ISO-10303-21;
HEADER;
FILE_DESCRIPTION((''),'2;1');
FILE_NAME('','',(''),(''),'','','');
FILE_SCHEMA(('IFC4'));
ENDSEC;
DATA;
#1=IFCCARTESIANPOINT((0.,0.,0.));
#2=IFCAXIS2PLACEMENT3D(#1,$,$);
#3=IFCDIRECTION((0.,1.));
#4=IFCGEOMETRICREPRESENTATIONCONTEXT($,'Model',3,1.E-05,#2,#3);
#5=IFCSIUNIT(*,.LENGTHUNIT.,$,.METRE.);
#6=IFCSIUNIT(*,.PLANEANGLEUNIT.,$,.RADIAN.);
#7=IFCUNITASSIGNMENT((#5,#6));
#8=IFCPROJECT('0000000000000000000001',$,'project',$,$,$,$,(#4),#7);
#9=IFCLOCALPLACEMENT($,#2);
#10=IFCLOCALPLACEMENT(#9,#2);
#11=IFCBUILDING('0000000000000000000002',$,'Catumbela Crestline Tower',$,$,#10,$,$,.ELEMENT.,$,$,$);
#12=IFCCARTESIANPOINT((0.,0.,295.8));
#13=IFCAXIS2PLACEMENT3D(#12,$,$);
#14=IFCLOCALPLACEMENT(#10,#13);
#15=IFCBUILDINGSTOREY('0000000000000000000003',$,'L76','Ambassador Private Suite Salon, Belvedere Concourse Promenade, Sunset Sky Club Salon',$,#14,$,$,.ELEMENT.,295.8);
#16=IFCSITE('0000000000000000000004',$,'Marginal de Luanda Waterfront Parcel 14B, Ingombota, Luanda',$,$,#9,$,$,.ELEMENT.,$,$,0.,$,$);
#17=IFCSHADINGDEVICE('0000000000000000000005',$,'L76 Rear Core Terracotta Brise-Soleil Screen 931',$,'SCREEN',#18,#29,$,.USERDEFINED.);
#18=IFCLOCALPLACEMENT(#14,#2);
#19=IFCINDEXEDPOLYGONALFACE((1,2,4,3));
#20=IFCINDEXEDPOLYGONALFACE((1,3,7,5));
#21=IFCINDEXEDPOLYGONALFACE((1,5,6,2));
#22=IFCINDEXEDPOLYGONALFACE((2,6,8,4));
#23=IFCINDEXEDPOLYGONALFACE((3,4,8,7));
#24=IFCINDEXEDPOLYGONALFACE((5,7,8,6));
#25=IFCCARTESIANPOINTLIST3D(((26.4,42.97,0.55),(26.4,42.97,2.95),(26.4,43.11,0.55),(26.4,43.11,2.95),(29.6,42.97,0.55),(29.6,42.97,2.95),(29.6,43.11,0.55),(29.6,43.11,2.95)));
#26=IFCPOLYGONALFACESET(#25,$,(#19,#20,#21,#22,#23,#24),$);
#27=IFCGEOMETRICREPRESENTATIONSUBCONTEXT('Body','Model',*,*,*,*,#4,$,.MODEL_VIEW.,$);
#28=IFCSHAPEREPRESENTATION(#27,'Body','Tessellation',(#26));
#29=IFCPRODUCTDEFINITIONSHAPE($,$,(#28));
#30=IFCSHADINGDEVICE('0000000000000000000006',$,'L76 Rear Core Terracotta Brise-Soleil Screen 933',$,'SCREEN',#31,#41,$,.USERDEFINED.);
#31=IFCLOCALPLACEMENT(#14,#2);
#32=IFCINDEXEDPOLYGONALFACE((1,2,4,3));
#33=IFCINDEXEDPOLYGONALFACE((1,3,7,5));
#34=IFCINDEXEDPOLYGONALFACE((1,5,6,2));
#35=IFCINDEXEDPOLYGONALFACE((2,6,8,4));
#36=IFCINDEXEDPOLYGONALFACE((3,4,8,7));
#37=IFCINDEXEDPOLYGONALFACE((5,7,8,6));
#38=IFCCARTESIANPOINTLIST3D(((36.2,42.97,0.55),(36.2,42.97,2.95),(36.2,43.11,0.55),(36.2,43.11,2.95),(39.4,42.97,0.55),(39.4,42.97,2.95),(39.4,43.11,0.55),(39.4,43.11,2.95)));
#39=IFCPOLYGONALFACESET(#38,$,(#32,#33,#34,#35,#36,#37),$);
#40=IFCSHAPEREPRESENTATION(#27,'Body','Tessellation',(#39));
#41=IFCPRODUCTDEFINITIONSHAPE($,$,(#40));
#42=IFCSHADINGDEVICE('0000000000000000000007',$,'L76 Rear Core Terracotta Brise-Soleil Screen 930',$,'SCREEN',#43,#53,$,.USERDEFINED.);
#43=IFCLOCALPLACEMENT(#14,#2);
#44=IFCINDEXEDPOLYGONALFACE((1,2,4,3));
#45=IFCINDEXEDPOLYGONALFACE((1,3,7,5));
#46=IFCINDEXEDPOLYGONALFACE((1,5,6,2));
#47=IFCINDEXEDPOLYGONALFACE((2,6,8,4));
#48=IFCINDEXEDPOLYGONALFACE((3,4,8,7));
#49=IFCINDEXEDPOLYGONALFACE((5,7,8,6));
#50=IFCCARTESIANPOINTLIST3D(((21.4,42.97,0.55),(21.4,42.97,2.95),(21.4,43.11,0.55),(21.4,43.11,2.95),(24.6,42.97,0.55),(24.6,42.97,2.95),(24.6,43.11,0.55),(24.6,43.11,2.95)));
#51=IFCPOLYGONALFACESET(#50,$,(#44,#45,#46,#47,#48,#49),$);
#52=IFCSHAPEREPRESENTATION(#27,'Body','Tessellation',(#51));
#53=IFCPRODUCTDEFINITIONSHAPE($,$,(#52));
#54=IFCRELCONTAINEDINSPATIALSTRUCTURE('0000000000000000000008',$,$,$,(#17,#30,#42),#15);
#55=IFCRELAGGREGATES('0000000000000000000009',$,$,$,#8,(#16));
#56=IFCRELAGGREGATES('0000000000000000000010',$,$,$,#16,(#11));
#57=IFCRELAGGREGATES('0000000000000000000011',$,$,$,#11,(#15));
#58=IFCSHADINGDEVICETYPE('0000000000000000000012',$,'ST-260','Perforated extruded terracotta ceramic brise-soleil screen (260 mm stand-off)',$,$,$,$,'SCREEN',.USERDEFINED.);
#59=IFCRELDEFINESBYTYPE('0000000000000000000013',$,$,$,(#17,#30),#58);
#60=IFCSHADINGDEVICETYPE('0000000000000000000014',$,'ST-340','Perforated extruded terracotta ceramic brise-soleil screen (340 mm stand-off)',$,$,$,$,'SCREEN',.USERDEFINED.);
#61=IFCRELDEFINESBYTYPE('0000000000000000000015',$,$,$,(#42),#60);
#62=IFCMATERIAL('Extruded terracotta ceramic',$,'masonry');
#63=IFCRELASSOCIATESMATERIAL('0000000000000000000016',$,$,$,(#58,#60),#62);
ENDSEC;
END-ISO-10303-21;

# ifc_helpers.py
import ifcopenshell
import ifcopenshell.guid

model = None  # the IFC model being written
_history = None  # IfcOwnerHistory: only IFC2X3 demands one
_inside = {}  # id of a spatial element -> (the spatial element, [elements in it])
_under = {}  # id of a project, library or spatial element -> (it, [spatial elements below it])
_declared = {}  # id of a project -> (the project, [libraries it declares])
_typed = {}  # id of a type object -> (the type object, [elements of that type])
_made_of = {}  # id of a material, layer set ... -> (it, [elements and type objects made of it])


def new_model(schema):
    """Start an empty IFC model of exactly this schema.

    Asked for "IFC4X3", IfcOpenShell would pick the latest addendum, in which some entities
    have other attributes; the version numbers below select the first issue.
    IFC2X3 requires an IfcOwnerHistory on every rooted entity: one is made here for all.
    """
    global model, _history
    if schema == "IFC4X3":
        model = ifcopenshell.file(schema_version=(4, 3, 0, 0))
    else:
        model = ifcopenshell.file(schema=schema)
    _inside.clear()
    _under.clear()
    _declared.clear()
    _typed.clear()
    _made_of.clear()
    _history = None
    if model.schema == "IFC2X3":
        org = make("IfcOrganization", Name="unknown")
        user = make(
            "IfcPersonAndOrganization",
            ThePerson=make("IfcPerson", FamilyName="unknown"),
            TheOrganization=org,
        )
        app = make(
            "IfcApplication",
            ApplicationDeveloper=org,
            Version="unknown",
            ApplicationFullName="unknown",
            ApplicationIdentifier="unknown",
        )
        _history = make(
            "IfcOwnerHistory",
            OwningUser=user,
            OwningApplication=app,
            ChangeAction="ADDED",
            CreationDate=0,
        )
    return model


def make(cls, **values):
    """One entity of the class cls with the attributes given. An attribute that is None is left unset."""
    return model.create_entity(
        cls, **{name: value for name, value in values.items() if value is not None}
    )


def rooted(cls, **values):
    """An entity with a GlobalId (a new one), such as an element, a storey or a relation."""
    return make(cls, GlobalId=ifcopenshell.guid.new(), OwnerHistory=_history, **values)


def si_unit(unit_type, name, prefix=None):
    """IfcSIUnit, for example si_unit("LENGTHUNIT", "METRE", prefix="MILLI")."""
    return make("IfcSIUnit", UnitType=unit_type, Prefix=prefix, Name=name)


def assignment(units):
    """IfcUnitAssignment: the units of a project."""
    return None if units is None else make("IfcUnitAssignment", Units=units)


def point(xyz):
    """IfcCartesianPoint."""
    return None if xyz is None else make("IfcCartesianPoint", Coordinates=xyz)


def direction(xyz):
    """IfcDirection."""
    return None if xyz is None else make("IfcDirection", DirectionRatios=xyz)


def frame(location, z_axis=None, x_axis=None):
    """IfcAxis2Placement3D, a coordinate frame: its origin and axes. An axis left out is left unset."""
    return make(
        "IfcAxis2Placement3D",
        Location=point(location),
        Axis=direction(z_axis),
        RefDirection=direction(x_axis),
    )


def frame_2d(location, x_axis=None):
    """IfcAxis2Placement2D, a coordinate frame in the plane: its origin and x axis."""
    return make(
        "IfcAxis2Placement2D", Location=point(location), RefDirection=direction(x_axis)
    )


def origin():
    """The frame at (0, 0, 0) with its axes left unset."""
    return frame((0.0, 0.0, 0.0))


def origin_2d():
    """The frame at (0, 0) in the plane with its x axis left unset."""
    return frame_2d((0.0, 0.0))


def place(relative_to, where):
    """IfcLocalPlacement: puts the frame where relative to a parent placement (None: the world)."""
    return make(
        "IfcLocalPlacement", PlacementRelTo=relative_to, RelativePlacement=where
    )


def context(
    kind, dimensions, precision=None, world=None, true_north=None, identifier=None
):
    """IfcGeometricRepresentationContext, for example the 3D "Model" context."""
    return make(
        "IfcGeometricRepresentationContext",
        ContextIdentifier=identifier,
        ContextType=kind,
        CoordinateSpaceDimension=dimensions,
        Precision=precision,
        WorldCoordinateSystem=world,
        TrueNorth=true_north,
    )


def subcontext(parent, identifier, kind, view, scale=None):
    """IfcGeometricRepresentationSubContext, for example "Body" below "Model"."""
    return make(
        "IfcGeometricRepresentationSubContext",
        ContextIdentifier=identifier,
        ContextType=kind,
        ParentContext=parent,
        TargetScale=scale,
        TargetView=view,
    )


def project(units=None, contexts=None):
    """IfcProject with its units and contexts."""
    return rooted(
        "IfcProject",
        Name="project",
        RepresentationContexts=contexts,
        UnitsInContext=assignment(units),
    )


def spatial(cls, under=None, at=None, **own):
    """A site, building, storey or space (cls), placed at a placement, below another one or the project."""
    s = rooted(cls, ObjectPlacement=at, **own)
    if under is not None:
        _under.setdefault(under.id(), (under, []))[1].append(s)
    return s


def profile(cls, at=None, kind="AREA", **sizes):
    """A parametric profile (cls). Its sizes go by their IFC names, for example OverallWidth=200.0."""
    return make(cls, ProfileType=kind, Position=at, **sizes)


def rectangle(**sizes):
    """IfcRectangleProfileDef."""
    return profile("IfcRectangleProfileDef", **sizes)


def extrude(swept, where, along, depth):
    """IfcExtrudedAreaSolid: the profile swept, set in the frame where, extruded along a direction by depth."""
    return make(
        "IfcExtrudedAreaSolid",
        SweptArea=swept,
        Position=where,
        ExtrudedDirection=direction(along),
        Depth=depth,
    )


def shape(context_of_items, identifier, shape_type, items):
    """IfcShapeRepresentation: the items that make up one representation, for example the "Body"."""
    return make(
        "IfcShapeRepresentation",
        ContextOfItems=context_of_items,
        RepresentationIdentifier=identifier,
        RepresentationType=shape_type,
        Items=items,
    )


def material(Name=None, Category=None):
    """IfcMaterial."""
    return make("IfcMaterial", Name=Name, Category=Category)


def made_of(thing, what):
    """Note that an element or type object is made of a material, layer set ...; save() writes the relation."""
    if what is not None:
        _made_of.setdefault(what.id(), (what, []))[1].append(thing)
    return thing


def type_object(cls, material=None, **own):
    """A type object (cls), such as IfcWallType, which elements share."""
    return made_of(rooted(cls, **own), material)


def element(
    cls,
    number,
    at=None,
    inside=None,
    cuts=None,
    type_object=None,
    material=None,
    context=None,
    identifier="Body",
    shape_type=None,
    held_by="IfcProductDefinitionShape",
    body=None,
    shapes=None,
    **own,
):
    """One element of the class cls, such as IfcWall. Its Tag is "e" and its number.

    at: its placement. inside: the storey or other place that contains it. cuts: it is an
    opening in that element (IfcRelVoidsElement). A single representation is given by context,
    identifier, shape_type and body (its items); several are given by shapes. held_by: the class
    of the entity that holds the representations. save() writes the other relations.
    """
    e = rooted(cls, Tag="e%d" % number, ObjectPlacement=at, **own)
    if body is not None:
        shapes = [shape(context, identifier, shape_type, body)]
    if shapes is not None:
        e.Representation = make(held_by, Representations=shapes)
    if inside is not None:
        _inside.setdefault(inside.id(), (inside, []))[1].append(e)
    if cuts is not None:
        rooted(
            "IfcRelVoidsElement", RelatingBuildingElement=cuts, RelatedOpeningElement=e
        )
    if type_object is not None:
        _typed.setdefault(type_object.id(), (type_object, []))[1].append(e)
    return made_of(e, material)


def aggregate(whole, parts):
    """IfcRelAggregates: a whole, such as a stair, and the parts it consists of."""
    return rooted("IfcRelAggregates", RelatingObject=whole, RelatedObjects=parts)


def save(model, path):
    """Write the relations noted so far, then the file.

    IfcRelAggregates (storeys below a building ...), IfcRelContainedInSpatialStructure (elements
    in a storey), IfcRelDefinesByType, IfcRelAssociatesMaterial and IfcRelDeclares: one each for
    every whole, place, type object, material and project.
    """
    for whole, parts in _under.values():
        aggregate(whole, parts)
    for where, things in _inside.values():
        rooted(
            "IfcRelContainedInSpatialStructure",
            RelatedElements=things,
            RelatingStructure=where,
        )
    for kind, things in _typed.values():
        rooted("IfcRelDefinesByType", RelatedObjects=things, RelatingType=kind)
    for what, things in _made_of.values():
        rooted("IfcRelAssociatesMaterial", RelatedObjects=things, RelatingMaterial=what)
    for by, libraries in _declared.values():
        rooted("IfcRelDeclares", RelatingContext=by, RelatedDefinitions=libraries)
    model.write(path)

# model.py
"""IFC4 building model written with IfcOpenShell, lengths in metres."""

from ifc_helpers import new_model, si_unit, direction, frame, origin, origin_2d, place, context, subcontext, project, spatial, rectangle, extrude, material, type_object, element, save


model = new_model("IFC4")

# Units and contexts
model_context = context("Model", 3, precision=1e-05, world=origin(), true_north=direction((0.0, 1.0)))
body_context = subcontext(model_context, "Body", "Model", "MODEL_VIEW")
ifc_project = project(units=[si_unit("LENGTHUNIT", "METRE"), si_unit("PLANEANGLEUNIT", "RADIAN")], contexts=[model_context])

# Site, building, storey
site_placement = place(None, origin())
site = spatial("IfcSite", under=ifc_project, at=site_placement, Name="Marginal de Luanda Waterfront Parcel 14B, Ingombota, Luanda", CompositionType="ELEMENT", RefElevation=0.0)
building_placement = place(site_placement, origin())
building = spatial("IfcBuilding", under=site, at=building_placement, Name="Catumbela Crestline Tower", CompositionType="ELEMENT")
storey_placement = place(building_placement, frame((0.0, 0.0, 295.8)))
storey = spatial("IfcBuildingStorey", under=building, at=storey_placement, Name="L76", Description="Ambassador Private Suite Salon, Belvedere Concourse Promenade, Sunset Sky Club Salon", CompositionType="ELEMENT", Elevation=295.8)

# Shading devices
ifc_material_1 = material(Name="Extruded terracotta ceramic", Category="masonry")
shading_device_type_1 = type_object("IfcShadingDeviceType", Name="ST-260", Description="Perforated extruded terracotta ceramic brise-soleil screen (260 mm stand-off)", ElementType="SCREEN", PredefinedType="USERDEFINED", material=ifc_material_1)
for number, where, z_axis, x_axis, name in (
    (1, (28.0, 43.04, 0.55), (0.0, 0.0, 1.0), (1.0, 0.0, 0.0), "L76 Rear Core Terracotta Brise-Soleil Screen 931"),
    (2, (37.8, 43.04, 0.55), (0.0, 0.0, 1.0), (1.0, 0.0, 0.0), "L76 Rear Core Terracotta Brise-Soleil Screen 933"),
):
    element("IfcShadingDevice", number, at=place(storey_placement, frame(where, z_axis=z_axis, x_axis=x_axis)), inside=storey, type_object=shading_device_type_1, Name=name, ObjectType="SCREEN", PredefinedType="USERDEFINED", context=body_context, shape_type="SweptSolid", body=[
        extrude(rectangle(XDim=3.2, YDim=0.14, at=origin_2d()), origin(), (0.0, 0.0, 1.0), 2.4),
    ])
shading_device_type_2 = type_object("IfcShadingDeviceType", Name="ST-340", Description="Perforated extruded terracotta ceramic brise-soleil screen (340 mm stand-off)", ElementType="SCREEN", PredefinedType="USERDEFINED", material=ifc_material_1)
shading_device_1_placement = place(storey_placement, frame((23.0, 43.04, 0.55), z_axis=(0.0, 0.0, 1.0), x_axis=(1.0, 0.0, 0.0)))
element("IfcShadingDevice", 3, at=shading_device_1_placement, inside=storey, type_object=shading_device_type_2, Name="L76 Rear Core Terracotta Brise-Soleil Screen 930", ObjectType="SCREEN", PredefinedType="USERDEFINED", context=body_context, shape_type="SweptSolid", body=[
    extrude(rectangle(XDim=3.2, YDim=0.14, at=origin_2d()), origin(), (0.0, 0.0, 1.0), 2.4),
])

save(model, "model.ifc")
